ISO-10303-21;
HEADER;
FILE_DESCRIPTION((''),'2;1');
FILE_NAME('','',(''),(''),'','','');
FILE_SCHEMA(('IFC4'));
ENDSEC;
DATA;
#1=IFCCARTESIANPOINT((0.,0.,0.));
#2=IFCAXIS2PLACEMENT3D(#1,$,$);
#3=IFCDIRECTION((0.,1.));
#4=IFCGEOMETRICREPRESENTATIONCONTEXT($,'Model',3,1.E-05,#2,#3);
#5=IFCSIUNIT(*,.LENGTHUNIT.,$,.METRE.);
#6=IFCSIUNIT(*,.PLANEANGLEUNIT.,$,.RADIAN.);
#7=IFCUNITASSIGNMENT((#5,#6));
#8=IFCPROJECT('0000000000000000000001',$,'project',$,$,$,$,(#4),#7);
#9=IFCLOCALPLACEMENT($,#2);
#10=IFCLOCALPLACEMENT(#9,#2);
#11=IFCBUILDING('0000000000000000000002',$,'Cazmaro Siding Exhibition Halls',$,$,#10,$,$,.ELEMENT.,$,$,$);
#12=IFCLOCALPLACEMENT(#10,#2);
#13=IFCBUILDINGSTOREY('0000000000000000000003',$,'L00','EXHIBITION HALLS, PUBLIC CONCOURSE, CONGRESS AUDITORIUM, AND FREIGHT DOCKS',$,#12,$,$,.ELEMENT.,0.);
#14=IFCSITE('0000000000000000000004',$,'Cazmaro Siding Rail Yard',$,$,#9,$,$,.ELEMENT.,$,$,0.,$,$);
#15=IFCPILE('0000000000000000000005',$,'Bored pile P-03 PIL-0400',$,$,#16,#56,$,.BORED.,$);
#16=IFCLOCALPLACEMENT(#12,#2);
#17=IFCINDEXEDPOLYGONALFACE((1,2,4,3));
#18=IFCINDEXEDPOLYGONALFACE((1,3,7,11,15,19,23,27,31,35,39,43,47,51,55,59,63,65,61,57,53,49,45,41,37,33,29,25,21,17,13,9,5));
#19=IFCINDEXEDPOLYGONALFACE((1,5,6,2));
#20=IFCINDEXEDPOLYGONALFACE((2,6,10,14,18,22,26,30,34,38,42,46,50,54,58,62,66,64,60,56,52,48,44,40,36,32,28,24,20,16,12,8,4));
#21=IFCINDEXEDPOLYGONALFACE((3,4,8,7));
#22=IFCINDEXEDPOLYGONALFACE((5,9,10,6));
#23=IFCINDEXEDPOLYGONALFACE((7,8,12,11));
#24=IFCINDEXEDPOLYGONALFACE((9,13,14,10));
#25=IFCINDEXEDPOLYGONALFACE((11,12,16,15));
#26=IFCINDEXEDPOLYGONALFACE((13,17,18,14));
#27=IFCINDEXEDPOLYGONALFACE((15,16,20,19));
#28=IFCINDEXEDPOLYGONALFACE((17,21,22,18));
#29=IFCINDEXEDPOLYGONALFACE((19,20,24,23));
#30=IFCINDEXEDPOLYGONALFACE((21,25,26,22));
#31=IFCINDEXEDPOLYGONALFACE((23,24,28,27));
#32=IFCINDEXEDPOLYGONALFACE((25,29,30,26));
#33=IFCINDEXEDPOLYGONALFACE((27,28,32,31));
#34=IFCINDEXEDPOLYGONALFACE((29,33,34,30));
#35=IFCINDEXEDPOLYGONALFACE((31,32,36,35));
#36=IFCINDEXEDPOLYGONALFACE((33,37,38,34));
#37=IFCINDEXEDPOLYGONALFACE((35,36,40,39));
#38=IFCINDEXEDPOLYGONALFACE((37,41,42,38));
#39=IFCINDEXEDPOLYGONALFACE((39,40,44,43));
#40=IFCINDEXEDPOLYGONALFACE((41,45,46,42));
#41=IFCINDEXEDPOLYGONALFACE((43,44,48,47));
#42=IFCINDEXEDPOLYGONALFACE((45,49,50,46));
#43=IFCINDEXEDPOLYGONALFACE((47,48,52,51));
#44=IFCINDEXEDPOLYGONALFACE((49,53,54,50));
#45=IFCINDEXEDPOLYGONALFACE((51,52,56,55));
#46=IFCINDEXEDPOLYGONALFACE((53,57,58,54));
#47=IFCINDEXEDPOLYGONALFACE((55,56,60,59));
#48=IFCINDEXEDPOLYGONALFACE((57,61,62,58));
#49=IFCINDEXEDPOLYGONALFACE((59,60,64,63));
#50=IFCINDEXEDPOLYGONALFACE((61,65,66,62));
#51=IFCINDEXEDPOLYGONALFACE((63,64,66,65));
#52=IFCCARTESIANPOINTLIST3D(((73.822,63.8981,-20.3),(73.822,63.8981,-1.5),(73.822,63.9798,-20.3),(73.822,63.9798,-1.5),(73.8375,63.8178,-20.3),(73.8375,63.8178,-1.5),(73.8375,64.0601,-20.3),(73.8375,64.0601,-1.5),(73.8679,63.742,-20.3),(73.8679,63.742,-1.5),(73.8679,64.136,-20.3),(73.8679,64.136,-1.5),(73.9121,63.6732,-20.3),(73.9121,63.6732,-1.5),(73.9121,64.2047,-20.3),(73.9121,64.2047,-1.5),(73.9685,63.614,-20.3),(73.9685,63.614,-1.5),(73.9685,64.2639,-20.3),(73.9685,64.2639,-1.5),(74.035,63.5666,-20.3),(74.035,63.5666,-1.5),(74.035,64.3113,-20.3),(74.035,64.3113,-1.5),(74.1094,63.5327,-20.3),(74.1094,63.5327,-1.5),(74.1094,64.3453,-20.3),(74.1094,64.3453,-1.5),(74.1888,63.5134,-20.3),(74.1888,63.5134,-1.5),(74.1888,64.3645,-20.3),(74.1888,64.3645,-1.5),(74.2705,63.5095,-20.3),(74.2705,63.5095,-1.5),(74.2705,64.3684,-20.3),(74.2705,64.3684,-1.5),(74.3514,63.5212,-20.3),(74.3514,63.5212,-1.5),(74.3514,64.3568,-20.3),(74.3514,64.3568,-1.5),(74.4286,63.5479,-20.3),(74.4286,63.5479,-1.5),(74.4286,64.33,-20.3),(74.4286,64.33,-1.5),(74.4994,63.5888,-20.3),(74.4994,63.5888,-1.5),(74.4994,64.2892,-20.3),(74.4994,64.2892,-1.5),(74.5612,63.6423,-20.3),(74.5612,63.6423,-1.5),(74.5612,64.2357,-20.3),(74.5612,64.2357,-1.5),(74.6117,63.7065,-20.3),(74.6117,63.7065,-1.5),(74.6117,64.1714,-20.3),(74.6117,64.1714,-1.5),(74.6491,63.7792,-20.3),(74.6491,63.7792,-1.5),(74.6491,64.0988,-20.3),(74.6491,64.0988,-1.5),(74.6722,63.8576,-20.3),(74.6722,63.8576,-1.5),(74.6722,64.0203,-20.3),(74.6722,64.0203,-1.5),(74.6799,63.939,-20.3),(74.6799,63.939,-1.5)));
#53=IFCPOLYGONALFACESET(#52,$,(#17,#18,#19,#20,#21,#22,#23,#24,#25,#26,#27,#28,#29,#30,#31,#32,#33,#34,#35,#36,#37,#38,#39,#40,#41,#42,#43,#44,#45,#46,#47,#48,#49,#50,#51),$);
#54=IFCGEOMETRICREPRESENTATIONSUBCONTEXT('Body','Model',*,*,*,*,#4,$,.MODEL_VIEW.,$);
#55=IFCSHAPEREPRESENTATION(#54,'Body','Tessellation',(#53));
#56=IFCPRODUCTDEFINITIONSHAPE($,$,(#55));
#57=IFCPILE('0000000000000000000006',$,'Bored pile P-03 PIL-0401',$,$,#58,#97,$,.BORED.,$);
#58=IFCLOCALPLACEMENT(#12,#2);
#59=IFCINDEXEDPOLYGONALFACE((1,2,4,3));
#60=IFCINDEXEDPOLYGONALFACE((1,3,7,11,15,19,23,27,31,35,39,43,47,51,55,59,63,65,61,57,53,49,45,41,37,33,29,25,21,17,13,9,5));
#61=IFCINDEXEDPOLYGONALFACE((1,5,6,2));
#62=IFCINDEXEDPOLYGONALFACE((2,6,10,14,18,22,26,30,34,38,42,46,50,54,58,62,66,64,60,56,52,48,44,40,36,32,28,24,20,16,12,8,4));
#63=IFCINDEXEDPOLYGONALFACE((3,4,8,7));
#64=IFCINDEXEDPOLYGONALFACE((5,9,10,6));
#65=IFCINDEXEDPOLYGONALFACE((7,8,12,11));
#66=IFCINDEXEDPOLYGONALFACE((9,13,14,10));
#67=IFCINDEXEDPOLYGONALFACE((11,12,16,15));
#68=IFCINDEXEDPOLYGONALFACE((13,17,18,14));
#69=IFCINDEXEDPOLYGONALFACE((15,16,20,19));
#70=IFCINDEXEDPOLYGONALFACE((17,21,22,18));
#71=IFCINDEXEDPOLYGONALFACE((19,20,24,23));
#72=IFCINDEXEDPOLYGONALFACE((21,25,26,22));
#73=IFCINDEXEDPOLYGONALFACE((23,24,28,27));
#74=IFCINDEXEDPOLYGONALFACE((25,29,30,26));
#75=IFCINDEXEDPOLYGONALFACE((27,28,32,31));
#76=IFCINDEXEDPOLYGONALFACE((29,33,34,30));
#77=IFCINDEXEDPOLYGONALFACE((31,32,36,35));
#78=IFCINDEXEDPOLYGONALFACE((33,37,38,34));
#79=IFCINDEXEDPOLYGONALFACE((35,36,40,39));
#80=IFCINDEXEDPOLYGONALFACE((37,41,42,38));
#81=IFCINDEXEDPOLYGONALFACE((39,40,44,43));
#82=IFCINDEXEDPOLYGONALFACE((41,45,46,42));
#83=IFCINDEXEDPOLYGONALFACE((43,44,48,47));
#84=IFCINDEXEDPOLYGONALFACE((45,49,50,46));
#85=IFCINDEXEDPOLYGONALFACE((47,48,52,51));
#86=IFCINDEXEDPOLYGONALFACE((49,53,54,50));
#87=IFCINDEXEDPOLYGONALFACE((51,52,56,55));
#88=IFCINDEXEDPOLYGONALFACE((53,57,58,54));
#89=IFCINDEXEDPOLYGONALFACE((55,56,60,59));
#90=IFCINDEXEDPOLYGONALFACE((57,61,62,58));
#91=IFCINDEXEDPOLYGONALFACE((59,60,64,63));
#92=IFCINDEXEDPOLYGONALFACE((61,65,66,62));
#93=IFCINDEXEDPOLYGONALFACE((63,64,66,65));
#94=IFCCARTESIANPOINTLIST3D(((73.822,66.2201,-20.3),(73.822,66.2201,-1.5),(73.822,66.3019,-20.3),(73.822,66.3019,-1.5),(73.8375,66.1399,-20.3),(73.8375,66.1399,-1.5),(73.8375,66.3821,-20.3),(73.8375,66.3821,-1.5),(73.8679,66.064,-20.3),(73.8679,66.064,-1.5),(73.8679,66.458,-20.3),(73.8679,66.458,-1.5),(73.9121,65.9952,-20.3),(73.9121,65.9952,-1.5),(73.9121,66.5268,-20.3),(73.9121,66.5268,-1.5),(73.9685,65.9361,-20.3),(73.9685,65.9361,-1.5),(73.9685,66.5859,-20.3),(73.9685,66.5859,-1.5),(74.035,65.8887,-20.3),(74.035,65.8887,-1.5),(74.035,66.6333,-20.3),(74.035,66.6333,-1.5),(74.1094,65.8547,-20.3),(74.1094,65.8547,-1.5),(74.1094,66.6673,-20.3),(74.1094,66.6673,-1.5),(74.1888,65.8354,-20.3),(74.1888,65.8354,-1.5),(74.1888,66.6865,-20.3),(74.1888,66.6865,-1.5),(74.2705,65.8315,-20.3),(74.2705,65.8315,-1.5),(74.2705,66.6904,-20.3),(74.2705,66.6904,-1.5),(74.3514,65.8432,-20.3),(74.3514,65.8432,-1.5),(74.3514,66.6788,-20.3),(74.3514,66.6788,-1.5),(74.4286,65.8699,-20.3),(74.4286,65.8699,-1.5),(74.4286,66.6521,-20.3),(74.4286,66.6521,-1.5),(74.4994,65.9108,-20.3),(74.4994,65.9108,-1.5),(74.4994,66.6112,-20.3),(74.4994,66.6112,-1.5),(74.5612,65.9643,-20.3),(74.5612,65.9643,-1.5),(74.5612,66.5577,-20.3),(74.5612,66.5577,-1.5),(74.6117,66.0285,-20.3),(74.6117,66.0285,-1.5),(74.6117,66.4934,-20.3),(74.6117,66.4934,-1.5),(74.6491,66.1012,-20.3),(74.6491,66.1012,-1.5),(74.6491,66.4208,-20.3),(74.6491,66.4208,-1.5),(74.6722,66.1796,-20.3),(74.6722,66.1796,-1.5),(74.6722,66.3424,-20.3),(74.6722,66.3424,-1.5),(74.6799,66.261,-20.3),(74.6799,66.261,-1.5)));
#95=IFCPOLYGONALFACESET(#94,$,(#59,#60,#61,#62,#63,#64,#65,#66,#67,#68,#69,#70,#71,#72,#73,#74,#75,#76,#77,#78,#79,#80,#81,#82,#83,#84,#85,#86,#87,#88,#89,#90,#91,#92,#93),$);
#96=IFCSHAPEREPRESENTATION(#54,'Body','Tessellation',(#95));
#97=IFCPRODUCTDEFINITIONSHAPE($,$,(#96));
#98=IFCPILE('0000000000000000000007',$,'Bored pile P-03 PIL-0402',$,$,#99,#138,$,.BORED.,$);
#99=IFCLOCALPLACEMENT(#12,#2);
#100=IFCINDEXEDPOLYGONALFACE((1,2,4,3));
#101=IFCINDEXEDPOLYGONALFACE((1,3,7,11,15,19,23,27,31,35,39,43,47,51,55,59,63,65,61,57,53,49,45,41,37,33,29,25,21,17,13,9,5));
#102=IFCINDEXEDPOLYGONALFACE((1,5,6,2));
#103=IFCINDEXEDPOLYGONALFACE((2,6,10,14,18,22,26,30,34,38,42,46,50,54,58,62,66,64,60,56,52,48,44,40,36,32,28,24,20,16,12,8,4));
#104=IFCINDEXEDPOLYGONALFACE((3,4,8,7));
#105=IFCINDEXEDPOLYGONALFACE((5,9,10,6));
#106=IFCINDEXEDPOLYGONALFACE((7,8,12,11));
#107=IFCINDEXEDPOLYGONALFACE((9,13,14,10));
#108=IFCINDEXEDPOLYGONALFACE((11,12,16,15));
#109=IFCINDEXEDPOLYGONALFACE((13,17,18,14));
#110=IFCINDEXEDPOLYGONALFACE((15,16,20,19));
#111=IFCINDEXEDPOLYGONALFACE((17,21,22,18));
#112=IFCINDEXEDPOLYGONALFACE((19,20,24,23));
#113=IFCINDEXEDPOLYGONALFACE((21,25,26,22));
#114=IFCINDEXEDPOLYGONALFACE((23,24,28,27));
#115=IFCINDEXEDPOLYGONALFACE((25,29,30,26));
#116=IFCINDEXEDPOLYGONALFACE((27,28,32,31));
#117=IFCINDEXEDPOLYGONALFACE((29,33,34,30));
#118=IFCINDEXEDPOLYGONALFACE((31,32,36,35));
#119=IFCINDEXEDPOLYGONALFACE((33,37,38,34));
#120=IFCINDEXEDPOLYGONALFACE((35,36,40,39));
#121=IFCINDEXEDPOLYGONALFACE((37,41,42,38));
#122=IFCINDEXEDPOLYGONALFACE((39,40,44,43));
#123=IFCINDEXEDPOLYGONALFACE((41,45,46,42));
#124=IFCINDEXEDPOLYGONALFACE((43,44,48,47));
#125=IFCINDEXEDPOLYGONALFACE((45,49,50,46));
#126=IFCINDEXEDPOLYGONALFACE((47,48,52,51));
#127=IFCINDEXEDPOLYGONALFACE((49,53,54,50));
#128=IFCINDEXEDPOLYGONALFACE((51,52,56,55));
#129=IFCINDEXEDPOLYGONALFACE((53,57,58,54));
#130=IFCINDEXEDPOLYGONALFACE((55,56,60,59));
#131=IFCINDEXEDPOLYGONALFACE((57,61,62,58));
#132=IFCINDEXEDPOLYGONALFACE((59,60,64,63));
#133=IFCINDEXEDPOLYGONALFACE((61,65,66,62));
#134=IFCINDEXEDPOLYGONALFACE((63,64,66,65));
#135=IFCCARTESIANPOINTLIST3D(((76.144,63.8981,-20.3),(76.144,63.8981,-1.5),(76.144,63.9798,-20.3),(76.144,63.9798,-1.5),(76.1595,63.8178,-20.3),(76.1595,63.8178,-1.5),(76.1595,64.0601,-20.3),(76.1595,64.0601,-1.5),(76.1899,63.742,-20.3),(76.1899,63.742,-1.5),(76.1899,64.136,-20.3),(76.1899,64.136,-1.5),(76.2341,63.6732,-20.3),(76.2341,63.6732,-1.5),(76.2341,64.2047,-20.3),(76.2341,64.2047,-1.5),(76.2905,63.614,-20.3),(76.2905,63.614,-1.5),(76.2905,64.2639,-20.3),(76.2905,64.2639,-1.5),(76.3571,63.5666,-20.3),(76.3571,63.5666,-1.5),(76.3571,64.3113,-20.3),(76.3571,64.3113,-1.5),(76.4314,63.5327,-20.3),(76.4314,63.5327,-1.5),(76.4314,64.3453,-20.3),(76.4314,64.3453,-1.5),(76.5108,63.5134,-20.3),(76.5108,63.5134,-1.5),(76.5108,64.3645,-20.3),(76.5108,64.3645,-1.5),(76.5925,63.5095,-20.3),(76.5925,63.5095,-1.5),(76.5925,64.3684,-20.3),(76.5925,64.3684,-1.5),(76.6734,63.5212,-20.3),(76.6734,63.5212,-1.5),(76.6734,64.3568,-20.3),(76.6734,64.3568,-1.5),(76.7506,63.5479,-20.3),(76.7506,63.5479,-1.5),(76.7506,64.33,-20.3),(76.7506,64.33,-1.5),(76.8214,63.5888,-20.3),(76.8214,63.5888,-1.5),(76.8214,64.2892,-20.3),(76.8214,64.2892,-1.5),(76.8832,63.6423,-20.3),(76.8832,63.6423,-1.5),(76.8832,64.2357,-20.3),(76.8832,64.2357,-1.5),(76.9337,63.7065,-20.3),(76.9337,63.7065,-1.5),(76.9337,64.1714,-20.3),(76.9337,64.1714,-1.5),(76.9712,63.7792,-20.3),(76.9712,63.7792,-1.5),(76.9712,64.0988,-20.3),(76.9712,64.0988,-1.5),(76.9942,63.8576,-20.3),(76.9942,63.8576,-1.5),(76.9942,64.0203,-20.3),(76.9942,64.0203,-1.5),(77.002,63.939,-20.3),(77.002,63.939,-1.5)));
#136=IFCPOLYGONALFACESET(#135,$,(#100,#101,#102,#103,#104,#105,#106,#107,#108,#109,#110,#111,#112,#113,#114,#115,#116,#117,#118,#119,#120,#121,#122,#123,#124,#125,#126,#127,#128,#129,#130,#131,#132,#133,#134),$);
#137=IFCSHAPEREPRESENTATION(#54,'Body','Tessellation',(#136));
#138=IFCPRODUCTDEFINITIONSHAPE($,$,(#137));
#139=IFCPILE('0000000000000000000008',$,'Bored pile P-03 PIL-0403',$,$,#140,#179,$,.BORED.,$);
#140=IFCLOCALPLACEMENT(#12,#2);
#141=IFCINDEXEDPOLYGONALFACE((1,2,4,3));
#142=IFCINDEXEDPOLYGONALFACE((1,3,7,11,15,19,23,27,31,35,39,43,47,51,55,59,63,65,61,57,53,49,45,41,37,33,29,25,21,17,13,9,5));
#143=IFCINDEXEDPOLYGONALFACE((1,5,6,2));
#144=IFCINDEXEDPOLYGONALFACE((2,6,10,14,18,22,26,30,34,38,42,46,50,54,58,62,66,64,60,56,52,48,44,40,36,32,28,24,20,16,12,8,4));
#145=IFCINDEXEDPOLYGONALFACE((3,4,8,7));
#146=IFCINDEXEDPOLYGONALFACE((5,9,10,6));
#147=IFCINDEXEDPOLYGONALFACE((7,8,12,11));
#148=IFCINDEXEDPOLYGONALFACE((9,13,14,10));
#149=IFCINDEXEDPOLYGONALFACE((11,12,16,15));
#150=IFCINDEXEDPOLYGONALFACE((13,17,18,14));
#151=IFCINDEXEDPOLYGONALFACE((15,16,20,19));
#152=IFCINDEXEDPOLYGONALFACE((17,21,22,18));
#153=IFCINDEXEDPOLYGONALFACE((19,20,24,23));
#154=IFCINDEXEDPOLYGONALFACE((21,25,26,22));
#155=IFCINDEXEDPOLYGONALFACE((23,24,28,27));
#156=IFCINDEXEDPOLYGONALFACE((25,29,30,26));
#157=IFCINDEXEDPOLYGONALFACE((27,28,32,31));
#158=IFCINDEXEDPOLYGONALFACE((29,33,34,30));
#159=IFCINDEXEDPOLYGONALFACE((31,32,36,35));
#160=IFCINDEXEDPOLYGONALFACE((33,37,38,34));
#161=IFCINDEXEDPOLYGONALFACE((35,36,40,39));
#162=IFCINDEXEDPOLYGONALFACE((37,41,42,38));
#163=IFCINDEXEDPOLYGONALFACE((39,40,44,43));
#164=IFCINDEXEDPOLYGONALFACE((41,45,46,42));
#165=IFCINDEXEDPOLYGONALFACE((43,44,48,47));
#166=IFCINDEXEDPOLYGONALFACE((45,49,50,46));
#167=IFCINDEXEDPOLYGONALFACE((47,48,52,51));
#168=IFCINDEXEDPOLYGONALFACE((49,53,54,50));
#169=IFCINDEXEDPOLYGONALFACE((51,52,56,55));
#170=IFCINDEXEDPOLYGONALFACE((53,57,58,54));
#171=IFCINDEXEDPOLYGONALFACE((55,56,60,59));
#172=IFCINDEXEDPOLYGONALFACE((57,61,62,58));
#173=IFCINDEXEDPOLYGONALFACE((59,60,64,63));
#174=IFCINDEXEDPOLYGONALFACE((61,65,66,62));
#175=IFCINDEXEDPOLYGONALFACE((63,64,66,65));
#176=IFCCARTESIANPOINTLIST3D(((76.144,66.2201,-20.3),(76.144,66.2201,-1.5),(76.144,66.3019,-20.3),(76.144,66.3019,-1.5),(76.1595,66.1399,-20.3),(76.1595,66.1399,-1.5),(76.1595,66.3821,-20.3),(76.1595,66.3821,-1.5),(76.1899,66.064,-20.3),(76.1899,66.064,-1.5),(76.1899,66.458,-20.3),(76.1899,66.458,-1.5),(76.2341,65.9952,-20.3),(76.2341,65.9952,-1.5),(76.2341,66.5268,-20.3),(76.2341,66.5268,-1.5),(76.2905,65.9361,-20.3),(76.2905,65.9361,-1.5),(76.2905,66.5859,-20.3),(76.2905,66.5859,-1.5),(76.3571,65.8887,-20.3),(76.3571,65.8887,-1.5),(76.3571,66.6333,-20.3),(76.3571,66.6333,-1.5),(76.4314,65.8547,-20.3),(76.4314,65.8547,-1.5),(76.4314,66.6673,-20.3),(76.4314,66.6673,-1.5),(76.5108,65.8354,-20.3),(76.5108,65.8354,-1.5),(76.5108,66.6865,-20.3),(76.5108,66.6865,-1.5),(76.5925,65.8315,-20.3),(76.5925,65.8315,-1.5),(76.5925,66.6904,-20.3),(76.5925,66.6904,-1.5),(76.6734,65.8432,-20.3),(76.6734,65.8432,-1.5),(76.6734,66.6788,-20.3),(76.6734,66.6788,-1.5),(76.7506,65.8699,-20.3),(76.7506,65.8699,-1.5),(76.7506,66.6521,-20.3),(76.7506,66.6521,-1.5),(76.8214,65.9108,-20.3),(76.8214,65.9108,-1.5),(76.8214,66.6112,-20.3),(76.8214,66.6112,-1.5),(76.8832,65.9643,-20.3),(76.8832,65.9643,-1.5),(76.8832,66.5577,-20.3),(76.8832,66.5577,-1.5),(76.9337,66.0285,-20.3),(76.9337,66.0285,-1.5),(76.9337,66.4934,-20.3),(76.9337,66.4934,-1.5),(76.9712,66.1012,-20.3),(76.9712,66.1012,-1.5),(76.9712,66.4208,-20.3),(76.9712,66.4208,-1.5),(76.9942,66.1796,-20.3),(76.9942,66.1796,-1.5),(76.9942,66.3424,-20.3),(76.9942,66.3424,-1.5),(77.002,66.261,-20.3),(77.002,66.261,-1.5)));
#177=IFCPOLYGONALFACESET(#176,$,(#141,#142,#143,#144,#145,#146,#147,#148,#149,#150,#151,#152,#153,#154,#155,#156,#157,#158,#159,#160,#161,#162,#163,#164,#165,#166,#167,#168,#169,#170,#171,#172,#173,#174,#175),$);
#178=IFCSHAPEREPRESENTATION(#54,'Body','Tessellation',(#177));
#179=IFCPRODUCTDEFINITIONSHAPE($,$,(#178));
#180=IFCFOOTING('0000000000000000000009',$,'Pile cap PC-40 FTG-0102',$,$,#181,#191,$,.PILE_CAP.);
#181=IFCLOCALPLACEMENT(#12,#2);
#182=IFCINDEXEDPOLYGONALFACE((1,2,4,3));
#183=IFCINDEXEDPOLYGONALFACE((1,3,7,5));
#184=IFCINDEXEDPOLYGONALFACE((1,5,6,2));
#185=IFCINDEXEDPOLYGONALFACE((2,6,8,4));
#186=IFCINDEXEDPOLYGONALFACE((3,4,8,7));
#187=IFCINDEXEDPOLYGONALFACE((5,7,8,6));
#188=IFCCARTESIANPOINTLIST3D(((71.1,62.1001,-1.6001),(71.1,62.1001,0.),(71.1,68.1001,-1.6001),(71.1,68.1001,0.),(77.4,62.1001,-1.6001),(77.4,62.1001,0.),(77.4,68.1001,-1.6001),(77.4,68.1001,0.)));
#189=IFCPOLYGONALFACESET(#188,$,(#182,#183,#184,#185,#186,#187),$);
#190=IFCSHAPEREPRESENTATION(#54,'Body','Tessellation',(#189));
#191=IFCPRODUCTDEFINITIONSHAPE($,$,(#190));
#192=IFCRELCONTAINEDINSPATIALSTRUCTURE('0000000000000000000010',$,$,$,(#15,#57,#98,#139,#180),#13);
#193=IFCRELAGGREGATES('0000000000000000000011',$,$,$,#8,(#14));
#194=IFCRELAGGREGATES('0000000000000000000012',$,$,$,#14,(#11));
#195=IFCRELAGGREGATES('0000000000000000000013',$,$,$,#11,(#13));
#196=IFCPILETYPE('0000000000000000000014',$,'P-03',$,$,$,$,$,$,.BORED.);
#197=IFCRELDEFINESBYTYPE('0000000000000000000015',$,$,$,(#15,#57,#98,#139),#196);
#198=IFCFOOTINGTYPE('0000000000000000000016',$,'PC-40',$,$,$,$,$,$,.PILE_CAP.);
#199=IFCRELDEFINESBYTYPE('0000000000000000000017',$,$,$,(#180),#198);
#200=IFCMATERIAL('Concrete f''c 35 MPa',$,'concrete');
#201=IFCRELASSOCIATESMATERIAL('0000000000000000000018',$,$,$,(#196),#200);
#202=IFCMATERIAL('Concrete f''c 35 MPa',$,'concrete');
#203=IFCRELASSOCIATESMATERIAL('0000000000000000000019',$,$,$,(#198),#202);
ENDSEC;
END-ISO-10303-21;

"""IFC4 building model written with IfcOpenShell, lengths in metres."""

from ifc_helpers import new_model, si_unit, direction, frame, origin, origin_2d, place, context, subcontext, project, spatial, rectangle, circle, extrude, material, material_profile, profile_set, type_object, element, save


model = new_model("IFC4")

# Units and contexts
model_context = context("Model", 3, precision=1e-05, world=origin(), true_north=direction((0.0, 1.0)))
body_context = subcontext(model_context, "Body", "Model", "MODEL_VIEW")
ifc_project = project(units=[si_unit("LENGTHUNIT", "METRE"), si_unit("PLANEANGLEUNIT", "RADIAN")], contexts=[model_context])

# Site, building, storey
site_placement = place(None, origin())
site = spatial("IfcSite", under=ifc_project, at=site_placement, Name="Cazmaro Siding Rail Yard", CompositionType="ELEMENT", RefElevation=0.0)
building_placement = place(site_placement, origin())
building = spatial("IfcBuilding", under=site, at=building_placement, Name="Cazmaro Siding Exhibition Halls", CompositionType="ELEMENT")
storey_placement = place(building_placement, origin())
storey = spatial("IfcBuildingStorey", under=building, at=storey_placement, Name="L00", Description="EXHIBITION HALLS, PUBLIC CONCOURSE, CONGRESS AUDITORIUM, AND FREIGHT DOCKS", CompositionType="ELEMENT", Elevation=0.0)

# Piles
ifc_material_1 = material(Name="Concrete f'c 35 MPa", Category="concrete")
ifc_material_profile_1 = material_profile(ifc_material_1, circle(Radius=0.4299, at=origin_2d()), Name="CIDH-860")
ifc_profile_set_1 = profile_set([ifc_material_profile_1], Name="Concrete f'c 35 MPa")
pile_type = type_object("IfcPileType", Name="P-03", PredefinedType="BORED", material=ifc_profile_set_1)
for number, where, z_axis, x_axis, name in (
    (1, (74.25, 63.939, -1.5), (0.0, 0.0, -1.0), (1.0, 0.0, 0.0), "Bored pile P-03 PIL-0400"),
    (2, (74.25, 66.261, -1.5), (0.0, 0.0, -1.0), (1.0, 0.0, 0.0), "Bored pile P-03 PIL-0401"),
    (3, (76.572, 63.939, -1.5), (0.0, 0.0, -1.0), (1.0, 0.0, 0.0), "Bored pile P-03 PIL-0402"),
    (4, (76.572, 66.261, -1.5), (0.0, 0.0, -1.0), (1.0, 0.0, 0.0), "Bored pile P-03 PIL-0403"),
):
    element("IfcPile", number, at=place(storey_placement, frame(where, z_axis=z_axis, x_axis=x_axis)), inside=storey, type_object=pile_type, Name=name, PredefinedType="BORED", context=body_context, shape_type="SweptSolid", body=[
        extrude(circle(Radius=0.4299, at=origin_2d()), origin(), (0.0, 0.0, 1.0), 18.8),
    ])

# Footing
ifc_material_2 = material(Name="Concrete f'c 35 MPa", Category="concrete")
footing_type = type_object("IfcFootingType", Name="PC-40", PredefinedType="PILE_CAP", material=ifc_material_2)
footing_placement = place(storey_placement, frame((74.25, 65.1001, -1.6001), z_axis=(0.0, 0.0, 1.0), x_axis=(1.0, 0.0, 0.0)))
element("IfcFooting", 5, at=footing_placement, inside=storey, type_object=footing_type, Name="Pile cap PC-40 FTG-0102", PredefinedType="PILE_CAP", context=body_context, shape_type="SweptSolid", body=[
    extrude(rectangle(XDim=6.3, YDim=6.0, at=origin_2d()), origin(), (0.0, 0.0, 1.0), 1.6001),
])

save(model, "model.ifc")
